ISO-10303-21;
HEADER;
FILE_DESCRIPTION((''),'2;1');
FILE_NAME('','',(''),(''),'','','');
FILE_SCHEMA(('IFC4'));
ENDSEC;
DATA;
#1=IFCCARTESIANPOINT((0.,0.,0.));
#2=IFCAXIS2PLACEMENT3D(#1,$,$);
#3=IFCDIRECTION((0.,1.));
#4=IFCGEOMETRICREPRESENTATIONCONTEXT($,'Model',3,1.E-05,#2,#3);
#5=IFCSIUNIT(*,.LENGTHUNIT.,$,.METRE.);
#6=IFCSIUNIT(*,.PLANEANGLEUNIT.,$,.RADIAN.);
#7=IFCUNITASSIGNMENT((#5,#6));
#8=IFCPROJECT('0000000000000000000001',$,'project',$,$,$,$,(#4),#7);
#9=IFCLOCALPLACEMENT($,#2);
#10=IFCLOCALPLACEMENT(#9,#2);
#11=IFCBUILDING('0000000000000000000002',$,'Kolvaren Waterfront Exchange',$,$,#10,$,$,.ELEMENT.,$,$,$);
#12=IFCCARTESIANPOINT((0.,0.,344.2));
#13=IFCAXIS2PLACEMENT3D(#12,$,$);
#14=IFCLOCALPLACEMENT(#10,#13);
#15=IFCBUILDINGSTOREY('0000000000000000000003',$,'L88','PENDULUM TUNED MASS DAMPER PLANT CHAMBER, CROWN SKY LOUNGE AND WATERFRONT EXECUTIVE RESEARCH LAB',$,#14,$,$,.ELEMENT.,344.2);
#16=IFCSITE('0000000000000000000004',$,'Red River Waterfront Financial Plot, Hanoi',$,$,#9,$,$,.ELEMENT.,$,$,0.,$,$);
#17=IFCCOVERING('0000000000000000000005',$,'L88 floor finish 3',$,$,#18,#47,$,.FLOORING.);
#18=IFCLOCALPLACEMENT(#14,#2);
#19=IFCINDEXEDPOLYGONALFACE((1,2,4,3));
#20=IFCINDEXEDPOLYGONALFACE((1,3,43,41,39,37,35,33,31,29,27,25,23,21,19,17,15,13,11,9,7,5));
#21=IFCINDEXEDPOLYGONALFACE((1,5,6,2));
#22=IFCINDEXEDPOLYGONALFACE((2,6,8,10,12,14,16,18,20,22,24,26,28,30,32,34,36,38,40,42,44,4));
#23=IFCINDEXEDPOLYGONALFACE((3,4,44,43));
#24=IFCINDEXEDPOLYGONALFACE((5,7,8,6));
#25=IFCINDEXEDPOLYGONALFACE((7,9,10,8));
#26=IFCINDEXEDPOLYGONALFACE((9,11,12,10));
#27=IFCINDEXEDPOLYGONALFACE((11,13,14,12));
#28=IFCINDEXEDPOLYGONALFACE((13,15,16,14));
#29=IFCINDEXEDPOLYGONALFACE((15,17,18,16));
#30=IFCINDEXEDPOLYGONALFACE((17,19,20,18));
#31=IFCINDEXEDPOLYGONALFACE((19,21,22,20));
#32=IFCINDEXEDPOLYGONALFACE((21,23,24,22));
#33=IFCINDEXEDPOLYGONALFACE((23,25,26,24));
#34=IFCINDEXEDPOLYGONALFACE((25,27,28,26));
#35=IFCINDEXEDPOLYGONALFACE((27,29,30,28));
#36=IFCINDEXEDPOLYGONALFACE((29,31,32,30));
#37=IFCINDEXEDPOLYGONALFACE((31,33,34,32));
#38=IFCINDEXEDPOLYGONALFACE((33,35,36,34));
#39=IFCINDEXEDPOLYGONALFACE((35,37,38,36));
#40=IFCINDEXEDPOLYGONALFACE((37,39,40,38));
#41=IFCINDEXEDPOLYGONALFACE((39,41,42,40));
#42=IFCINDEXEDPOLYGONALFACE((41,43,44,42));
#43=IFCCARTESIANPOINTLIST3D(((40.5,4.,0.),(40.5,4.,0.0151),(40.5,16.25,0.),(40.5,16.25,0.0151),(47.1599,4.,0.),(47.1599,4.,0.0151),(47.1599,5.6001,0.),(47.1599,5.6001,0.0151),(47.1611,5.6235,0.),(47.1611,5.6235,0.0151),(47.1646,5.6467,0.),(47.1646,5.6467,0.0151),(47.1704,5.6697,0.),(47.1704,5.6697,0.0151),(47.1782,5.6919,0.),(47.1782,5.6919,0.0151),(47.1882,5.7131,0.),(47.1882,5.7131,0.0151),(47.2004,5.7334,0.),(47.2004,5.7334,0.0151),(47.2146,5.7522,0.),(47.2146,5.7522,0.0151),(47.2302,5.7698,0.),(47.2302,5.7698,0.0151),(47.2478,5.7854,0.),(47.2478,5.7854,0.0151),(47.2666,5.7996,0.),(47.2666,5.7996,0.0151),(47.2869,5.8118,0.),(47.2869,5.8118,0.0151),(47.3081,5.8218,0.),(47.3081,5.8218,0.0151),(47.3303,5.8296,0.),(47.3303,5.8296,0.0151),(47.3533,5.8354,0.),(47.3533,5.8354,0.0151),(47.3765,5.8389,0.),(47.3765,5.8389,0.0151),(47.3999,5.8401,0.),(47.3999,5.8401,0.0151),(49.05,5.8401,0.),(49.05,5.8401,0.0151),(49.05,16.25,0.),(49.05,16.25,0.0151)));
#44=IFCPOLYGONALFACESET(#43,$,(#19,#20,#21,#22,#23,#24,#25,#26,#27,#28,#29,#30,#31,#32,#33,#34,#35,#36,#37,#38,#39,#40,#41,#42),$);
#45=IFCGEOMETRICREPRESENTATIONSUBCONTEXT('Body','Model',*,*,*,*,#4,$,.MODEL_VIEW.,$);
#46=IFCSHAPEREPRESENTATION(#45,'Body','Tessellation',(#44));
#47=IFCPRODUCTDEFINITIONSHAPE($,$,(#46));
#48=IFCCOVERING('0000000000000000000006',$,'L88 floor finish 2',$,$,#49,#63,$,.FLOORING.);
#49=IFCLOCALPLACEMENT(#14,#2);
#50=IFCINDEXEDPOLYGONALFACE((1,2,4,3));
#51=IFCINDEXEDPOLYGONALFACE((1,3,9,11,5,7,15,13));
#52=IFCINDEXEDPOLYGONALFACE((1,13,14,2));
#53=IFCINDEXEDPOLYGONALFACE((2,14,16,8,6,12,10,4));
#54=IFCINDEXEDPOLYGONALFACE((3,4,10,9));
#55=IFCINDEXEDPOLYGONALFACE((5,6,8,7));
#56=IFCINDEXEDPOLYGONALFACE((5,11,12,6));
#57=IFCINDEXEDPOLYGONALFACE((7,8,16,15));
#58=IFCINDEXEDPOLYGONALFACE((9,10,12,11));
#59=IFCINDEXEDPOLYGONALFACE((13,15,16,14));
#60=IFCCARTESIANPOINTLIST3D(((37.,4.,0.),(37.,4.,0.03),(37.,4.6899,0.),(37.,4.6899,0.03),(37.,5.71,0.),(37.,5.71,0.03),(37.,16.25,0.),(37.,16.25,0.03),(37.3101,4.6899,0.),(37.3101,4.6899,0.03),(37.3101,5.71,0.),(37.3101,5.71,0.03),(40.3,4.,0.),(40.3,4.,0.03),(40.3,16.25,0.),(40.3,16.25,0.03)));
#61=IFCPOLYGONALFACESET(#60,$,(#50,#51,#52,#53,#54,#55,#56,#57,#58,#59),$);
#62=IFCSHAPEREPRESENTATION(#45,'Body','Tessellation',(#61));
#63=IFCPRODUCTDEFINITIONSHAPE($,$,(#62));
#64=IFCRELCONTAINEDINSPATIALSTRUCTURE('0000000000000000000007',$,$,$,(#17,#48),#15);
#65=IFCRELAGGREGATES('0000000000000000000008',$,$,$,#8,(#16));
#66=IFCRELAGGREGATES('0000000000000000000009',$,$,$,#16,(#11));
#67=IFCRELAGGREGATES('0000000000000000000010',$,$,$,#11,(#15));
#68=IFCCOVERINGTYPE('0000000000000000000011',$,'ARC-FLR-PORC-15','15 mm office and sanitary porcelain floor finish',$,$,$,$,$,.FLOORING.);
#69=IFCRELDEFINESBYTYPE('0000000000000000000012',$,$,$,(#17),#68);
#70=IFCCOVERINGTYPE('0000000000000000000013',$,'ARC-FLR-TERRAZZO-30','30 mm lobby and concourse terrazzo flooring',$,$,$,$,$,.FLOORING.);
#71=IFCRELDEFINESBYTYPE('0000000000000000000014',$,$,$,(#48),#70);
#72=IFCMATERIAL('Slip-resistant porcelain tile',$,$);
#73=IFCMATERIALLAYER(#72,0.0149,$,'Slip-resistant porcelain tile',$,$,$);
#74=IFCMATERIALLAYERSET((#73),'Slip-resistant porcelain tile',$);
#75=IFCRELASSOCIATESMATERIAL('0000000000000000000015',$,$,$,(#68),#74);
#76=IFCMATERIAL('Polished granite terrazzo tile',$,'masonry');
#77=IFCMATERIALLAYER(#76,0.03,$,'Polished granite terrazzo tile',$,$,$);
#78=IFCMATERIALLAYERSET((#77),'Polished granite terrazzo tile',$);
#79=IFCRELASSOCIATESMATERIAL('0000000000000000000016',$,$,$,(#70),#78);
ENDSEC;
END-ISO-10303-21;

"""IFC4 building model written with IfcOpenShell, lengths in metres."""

from ifc_helpers import new_model, si_unit, direction, frame, origin, place, context, subcontext, project, spatial, polyline, outline, extrude, material, layer, layer_set, type_object, element, save


model = new_model("IFC4")

# Units and contexts
model_context = context("Model", 3, precision=1e-05, world=origin(), true_north=direction((0.0, 1.0)))
body_context = subcontext(model_context, "Body", "Model", "MODEL_VIEW")
ifc_project = project(units=[si_unit("LENGTHUNIT", "METRE"), si_unit("PLANEANGLEUNIT", "RADIAN")], contexts=[model_context])

# Site, building, storey
site_placement = place(None, origin())
site = spatial("IfcSite", under=ifc_project, at=site_placement, Name="Red River Waterfront Financial Plot, Hanoi", CompositionType="ELEMENT", RefElevation=0.0)
building_placement = place(site_placement, origin())
building = spatial("IfcBuilding", under=site, at=building_placement, Name="Kolvaren Waterfront Exchange", CompositionType="ELEMENT")
storey_placement = place(building_placement, frame((0.0, 0.0, 344.2)))
storey = spatial("IfcBuildingStorey", under=building, at=storey_placement, Name="L88", Description="PENDULUM TUNED MASS DAMPER PLANT CHAMBER, CROWN SKY LOUNGE AND WATERFRONT EXECUTIVE RESEARCH LAB", CompositionType="ELEMENT", Elevation=344.2)

# Coverings
ifc_material_1 = material(Name="Slip-resistant porcelain tile")
ifc_layer_1 = layer(ifc_material_1, 0.0149, Name="Slip-resistant porcelain tile")
ifc_layer_set_1 = layer_set([ifc_layer_1], Name="Slip-resistant porcelain tile")
covering_type_1 = type_object("IfcCoveringType", Name="ARC-FLR-PORC-15", Description="15 mm office and sanitary porcelain floor finish", PredefinedType="FLOORING", material=ifc_layer_set_1)
covering_1_placement = place(storey_placement, origin())
element("IfcCovering", 1, at=covering_1_placement, inside=storey, type_object=covering_type_1, Name="L88 floor finish 3", PredefinedType="FLOORING", context=body_context, shape_type="SweptSolid", body=[
    extrude(outline(polyline([(40.5, 16.25), (40.5, 4.0), (47.1599, 4.0), (47.1599, 5.6001), (47.1611, 5.6235), (47.1646, 5.6467), (47.1704, 5.6697), (47.1782, 5.6919), (47.1882, 5.7131), (47.2004, 5.7334), (47.2146, 5.7522), (47.2302, 5.7698), (47.2478, 5.7854), (47.2666, 5.7996), (47.2869, 5.8118), (47.3081, 5.8218), (47.3303, 5.8296), (47.3533, 5.8354), (47.3765, 5.8389), (47.3999, 5.8401), (49.05, 5.8401), (49.05, 16.25), (40.5, 16.25)])), origin(), (0.0, 0.0, 1.0), 0.0151),
])
ifc_material_2 = material(Name="Polished granite terrazzo tile", Category="masonry")
ifc_layer_2 = layer(ifc_material_2, 0.03, Name="Polished granite terrazzo tile")
ifc_layer_set_2 = layer_set([ifc_layer_2], Name="Polished granite terrazzo tile")
covering_type_2 = type_object("IfcCoveringType", Name="ARC-FLR-TERRAZZO-30", Description="30 mm lobby and concourse terrazzo flooring", PredefinedType="FLOORING", material=ifc_layer_set_2)
covering_2_placement = place(storey_placement, origin())
element("IfcCovering", 2, at=covering_2_placement, inside=storey, type_object=covering_type_2, Name="L88 floor finish 2", PredefinedType="FLOORING", context=body_context, shape_type="SweptSolid", body=[
    extrude(outline(polyline([(37.0, 4.6899), (37.0, 4.0), (40.3, 4.0), (40.3, 16.25), (37.0, 16.25), (37.0, 5.71), (37.3101, 5.71), (37.3101, 4.6899), (37.0, 4.6899)])), origin(), (0.0, 0.0, 1.0), 0.03),
])

save(model, "model.ifc")
